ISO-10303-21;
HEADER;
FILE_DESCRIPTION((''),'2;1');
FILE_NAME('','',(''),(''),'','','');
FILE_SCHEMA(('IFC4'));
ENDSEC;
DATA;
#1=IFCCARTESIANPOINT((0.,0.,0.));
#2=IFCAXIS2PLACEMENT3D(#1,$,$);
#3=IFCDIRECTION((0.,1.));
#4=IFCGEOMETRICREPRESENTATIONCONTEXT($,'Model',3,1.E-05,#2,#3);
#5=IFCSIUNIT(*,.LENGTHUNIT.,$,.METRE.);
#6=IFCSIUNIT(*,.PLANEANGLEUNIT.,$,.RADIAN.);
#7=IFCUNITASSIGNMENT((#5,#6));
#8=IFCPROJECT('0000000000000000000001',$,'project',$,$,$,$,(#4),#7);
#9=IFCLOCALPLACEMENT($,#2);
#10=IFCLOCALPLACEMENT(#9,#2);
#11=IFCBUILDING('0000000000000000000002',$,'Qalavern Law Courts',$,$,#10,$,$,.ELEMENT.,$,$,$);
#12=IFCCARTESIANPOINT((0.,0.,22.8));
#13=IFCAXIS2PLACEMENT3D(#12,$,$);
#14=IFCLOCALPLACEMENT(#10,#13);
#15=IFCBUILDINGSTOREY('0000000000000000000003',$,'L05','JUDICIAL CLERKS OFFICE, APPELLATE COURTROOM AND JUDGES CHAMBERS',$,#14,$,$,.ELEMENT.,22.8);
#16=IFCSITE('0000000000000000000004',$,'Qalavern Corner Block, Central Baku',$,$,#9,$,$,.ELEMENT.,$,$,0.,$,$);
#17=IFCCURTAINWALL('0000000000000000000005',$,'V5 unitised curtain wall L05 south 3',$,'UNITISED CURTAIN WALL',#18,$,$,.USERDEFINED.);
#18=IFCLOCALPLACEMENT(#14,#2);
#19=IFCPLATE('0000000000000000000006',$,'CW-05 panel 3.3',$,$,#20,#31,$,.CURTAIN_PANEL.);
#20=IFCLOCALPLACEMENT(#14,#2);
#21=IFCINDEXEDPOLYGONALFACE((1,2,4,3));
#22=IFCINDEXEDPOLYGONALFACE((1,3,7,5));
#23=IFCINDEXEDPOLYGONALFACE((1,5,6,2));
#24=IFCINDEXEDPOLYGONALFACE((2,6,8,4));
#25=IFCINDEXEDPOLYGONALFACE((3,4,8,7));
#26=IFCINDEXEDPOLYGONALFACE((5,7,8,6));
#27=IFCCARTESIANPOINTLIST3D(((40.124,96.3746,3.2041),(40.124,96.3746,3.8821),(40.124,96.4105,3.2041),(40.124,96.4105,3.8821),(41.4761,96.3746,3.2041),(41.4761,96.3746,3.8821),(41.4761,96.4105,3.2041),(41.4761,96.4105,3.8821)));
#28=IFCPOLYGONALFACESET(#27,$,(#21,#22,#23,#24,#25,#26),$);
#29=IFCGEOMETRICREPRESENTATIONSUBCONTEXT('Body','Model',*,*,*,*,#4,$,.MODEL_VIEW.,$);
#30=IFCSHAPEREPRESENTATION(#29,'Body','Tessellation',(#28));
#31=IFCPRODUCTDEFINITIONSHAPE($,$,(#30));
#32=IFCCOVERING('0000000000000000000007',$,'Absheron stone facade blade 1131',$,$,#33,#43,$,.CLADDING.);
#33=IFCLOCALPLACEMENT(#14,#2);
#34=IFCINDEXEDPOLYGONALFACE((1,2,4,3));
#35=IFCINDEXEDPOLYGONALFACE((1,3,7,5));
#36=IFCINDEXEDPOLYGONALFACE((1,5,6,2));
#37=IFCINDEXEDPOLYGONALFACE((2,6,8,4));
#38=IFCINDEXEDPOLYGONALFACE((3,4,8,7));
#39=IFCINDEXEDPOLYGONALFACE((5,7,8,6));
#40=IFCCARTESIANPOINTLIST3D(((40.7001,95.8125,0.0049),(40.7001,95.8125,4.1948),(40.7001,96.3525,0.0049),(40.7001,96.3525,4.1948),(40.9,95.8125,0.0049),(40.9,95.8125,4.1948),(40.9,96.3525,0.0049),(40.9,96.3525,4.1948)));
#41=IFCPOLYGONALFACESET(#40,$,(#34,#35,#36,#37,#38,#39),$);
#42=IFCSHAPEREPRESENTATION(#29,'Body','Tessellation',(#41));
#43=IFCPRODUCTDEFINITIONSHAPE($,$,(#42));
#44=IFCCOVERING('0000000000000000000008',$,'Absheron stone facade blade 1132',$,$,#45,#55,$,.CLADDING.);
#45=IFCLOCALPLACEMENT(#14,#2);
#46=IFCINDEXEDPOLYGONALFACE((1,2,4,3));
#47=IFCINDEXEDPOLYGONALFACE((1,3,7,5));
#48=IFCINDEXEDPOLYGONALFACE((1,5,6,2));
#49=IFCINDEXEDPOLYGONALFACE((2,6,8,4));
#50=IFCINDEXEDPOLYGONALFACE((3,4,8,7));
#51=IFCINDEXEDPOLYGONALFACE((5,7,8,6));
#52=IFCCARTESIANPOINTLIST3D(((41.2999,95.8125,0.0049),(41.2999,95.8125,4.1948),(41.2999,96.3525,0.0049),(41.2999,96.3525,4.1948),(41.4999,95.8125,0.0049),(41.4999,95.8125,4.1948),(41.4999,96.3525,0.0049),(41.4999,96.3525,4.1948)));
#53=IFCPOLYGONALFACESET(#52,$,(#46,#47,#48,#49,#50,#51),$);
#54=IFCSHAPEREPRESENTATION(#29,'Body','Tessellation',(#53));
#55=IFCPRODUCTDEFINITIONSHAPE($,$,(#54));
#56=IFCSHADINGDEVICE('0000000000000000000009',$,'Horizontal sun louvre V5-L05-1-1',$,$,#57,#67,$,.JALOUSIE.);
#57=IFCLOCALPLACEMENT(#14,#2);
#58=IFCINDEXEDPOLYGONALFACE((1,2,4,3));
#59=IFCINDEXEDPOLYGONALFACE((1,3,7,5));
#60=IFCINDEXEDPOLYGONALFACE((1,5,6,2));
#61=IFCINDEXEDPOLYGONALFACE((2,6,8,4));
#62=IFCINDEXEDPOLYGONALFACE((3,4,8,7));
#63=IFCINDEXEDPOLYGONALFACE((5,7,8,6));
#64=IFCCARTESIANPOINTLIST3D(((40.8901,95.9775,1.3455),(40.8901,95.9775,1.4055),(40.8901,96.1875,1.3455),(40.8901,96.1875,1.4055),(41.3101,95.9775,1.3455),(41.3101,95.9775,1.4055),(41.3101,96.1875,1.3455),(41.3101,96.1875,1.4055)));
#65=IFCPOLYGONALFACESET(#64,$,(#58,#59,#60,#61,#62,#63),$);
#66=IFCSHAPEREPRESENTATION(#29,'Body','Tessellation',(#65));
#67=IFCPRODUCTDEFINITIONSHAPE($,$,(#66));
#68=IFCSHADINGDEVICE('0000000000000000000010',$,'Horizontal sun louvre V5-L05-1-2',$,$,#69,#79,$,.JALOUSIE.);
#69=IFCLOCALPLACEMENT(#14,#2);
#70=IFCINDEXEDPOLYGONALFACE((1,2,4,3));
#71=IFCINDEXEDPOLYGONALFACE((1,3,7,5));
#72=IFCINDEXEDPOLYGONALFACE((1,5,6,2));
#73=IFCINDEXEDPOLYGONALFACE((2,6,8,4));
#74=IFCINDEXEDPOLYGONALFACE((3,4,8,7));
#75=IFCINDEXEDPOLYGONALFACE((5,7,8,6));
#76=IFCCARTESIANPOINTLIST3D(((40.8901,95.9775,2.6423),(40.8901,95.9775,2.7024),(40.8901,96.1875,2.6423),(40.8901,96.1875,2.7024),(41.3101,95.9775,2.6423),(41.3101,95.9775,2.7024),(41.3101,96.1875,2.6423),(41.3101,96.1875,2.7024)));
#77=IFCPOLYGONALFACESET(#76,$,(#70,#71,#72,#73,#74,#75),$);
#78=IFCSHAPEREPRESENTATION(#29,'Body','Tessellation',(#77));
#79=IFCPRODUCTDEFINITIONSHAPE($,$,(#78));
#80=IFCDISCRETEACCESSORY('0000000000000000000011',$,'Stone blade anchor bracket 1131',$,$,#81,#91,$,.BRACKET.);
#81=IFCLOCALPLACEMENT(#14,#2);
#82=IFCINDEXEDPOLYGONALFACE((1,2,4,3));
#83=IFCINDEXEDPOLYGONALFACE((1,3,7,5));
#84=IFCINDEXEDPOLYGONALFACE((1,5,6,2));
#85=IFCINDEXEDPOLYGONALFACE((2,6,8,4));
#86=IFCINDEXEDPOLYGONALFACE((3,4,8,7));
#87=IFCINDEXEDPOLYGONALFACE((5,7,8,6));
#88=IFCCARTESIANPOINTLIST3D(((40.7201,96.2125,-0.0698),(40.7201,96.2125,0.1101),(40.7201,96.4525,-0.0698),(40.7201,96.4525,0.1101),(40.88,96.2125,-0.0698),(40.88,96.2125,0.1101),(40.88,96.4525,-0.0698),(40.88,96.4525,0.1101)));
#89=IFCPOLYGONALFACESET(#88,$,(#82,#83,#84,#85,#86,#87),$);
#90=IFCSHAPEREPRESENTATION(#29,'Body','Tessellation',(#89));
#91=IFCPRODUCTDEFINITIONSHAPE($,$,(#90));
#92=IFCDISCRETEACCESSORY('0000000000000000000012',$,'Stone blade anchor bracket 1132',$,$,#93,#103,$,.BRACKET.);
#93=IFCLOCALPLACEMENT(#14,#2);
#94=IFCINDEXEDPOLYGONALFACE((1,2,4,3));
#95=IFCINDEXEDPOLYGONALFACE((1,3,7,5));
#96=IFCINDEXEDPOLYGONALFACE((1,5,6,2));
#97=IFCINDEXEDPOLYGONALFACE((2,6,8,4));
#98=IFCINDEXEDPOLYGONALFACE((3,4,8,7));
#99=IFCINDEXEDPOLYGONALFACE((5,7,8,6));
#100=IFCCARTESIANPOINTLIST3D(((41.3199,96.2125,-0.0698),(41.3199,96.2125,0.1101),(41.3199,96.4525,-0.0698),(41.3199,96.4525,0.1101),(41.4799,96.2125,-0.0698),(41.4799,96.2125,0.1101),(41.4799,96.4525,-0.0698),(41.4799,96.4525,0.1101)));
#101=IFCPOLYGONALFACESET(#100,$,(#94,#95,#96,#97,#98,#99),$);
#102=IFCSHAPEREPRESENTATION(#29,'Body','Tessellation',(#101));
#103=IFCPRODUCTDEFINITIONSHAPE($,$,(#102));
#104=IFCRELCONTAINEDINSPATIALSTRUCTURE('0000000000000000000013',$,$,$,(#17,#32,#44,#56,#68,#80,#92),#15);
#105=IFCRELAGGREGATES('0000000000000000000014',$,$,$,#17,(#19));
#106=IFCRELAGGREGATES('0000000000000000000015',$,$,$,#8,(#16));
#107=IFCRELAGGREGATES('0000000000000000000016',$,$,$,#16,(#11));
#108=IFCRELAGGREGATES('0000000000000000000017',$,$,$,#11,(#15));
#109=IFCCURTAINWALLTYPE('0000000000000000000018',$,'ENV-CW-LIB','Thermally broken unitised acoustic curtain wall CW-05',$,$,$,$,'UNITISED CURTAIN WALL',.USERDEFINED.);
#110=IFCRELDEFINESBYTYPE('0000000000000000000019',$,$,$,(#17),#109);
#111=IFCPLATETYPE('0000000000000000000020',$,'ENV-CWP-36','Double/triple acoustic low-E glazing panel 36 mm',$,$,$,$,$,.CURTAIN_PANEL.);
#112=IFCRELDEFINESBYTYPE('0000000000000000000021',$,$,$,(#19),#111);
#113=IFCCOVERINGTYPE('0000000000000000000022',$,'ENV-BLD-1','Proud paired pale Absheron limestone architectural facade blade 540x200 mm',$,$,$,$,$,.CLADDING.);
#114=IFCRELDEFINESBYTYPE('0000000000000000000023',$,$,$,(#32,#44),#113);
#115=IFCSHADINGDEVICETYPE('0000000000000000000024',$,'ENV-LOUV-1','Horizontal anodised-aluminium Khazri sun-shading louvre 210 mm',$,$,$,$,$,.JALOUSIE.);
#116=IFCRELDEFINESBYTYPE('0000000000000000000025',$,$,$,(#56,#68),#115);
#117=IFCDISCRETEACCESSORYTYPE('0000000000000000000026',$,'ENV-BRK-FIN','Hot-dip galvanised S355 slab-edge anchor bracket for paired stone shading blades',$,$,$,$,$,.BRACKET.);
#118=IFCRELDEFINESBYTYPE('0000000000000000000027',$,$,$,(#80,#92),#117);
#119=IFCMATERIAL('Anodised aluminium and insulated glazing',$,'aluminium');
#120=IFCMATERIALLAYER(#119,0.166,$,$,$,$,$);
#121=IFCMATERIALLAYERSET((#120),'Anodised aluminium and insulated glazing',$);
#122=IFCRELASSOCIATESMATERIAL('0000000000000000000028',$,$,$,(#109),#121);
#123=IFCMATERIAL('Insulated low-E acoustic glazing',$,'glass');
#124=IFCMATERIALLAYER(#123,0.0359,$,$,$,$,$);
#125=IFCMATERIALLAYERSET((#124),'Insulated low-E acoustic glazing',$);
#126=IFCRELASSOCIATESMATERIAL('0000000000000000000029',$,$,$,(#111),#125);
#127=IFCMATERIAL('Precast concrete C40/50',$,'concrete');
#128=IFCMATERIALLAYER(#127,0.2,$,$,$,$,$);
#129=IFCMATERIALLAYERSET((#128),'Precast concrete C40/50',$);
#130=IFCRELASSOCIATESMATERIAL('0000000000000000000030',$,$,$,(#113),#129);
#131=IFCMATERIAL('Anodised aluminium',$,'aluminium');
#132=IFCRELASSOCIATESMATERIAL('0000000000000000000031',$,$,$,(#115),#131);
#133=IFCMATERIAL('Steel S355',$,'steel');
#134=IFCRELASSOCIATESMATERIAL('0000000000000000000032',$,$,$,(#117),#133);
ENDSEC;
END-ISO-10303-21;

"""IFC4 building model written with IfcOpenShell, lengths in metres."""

from ifc_helpers import new_model, si_unit, direction, frame, origin, origin_2d, place, context, subcontext, project, spatial, rectangle, extrude, material, layer, layer_set, type_object, element, aggregate, save


model = new_model("IFC4")

# Units and contexts
model_context = context("Model", 3, precision=1e-05, world=origin(), true_north=direction((0.0, 1.0)))
body_context = subcontext(model_context, "Body", "Model", "MODEL_VIEW")
ifc_project = project(units=[si_unit("LENGTHUNIT", "METRE"), si_unit("PLANEANGLEUNIT", "RADIAN")], contexts=[model_context])

# Site, building, storey
site_placement = place(None, origin())
site = spatial("IfcSite", under=ifc_project, at=site_placement, Name="Qalavern Corner Block, Central Baku", CompositionType="ELEMENT", RefElevation=0.0)
building_placement = place(site_placement, origin())
building = spatial("IfcBuilding", under=site, at=building_placement, Name="Qalavern Law Courts", CompositionType="ELEMENT")
storey_placement = place(building_placement, frame((0.0, 0.0, 22.8)))
storey = spatial("IfcBuildingStorey", under=building, at=storey_placement, Name="L05", Description="JUDICIAL CLERKS OFFICE, APPELLATE COURTROOM AND JUDGES CHAMBERS", CompositionType="ELEMENT", Elevation=22.8)

# Curtain wall, plate
ifc_material_1 = material(Name="Anodised aluminium and insulated glazing", Category="aluminium")
ifc_layer_1 = layer(ifc_material_1, 0.166)
ifc_layer_set_1 = layer_set([ifc_layer_1], Name="Anodised aluminium and insulated glazing")
curtain_wall_type = type_object("IfcCurtainWallType", Name="ENV-CW-LIB", Description="Thermally broken unitised acoustic curtain wall CW-05", ElementType="UNITISED CURTAIN WALL", PredefinedType="USERDEFINED", material=ifc_layer_set_1)
curtain_wall_placement = place(storey_placement, origin())
curtain_wall = element("IfcCurtainWall", 1, at=curtain_wall_placement, inside=storey, type_object=curtain_wall_type, Name="V5 unitised curtain wall L05 south 3", ObjectType="UNITISED CURTAIN WALL", PredefinedType="USERDEFINED")
ifc_material_2 = material(Name="Anodised aluminium", Category="aluminium")
ifc_material_3 = material(Name="Insulated low-E acoustic glazing", Category="glass")
ifc_layer_2 = layer(ifc_material_3, 0.0359)
ifc_layer_set_2 = layer_set([ifc_layer_2], Name="Insulated low-E acoustic glazing")
plate_type = type_object("IfcPlateType", Name="ENV-CWP-36", Description="Double/triple acoustic low-E glazing panel 36 mm", PredefinedType="CURTAIN_PANEL", material=ifc_layer_set_2)
plate_1_placement = place(storey_placement, frame((40.8, 96.3926, 3.2041), z_axis=(0.0, 0.0, 1.0), x_axis=(1.0, 0.0, 0.0)))
plate_1 = element("IfcPlate", 2, at=plate_1_placement, type_object=plate_type, Name="CW-05 panel 3.3", PredefinedType="CURTAIN_PANEL", context=body_context, shape_type="SweptSolid", body=[
    extrude(rectangle(XDim=1.3521, YDim=0.0359, at=origin_2d()), origin(), (0.0, 0.0, 1.0), 0.678),
])
aggregate(curtain_wall, [plate_1])

# Coverings
ifc_material_4 = material(Name="Precast concrete C40/50", Category="concrete")
ifc_layer_3 = layer(ifc_material_4, 0.2)
ifc_layer_set_3 = layer_set([ifc_layer_3], Name="Precast concrete C40/50")
covering_type = type_object("IfcCoveringType", Name="ENV-BLD-1", Description="Proud paired pale Absheron limestone architectural facade blade 540x200 mm", PredefinedType="CLADDING", material=ifc_layer_set_3)
for number, where, z_axis, x_axis, name in (
    (3, (40.8, 96.0825, 0.0049), (0.0, 0.0, 1.0), (0.0, -1.0, 0.0), "Absheron stone facade blade 1131"),
    (4, (41.3999, 96.0825, 0.0049), (0.0, 0.0, 1.0), (0.0, -1.0, 0.0), "Absheron stone facade blade 1132"),
):
    element("IfcCovering", number, at=place(storey_placement, frame(where, z_axis=z_axis, x_axis=x_axis)), inside=storey, type_object=covering_type, Name=name, PredefinedType="CLADDING", context=body_context, shape_type="SweptSolid", body=[
        extrude(rectangle(XDim=0.54, YDim=0.2, at=origin_2d()), origin(), (0.0, 0.0, 1.0), 4.1899),
    ])

# Shading devices
shading_device_type = type_object("IfcShadingDeviceType", Name="ENV-LOUV-1", Description="Horizontal anodised-aluminium Khazri sun-shading louvre 210 mm", PredefinedType="JALOUSIE", material=ifc_material_2)
for number, where, z_axis, x_axis, name in (
    (5, (41.1001, 96.0825, 1.3455), (0.0, 0.0, 1.0), (1.0, 0.0, 0.0), "Horizontal sun louvre V5-L05-1-1"),
    (6, (41.1001, 96.0825, 2.6423), (0.0, 0.0, 1.0), (1.0, 0.0, 0.0), "Horizontal sun louvre V5-L05-1-2"),
):
    element("IfcShadingDevice", number, at=place(storey_placement, frame(where, z_axis=z_axis, x_axis=x_axis)), inside=storey, type_object=shading_device_type, Name=name, PredefinedType="JALOUSIE", context=body_context, shape_type="SweptSolid", body=[
        extrude(rectangle(XDim=0.4199, YDim=0.21, at=origin_2d()), origin(), (0.0, 0.0, 1.0), 0.0601),
    ])

# Discrete accessories
ifc_material_5 = material(Name="Steel S355", Category="steel")
discrete_accessory_type = type_object("IfcDiscreteAccessoryType", Name="ENV-BRK-FIN", Description="Hot-dip galvanised S355 slab-edge anchor bracket for paired stone shading blades", PredefinedType="BRACKET", material=ifc_material_5)
for number, where, z_axis, x_axis, name in (
    (7, (40.8, 96.3325, -0.0698), (0.0, 0.0, 1.0), (0.0, -1.0, 0.0), "Stone blade anchor bracket 1131"),
    (8, (41.3999, 96.3325, -0.0698), (0.0, 0.0, 1.0), (0.0, -1.0, 0.0), "Stone blade anchor bracket 1132"),
):
    element("IfcDiscreteAccessory", number, at=place(storey_placement, frame(where, z_axis=z_axis, x_axis=x_axis)), inside=storey, type_object=discrete_accessory_type, Name=name, PredefinedType="BRACKET", context=body_context, shape_type="SweptSolid", body=[
        extrude(rectangle(XDim=0.24, YDim=0.1599, at=origin_2d()), origin(), (0.0, 0.0, 1.0), 0.1799),
    ])

save(model, "model.ifc")
